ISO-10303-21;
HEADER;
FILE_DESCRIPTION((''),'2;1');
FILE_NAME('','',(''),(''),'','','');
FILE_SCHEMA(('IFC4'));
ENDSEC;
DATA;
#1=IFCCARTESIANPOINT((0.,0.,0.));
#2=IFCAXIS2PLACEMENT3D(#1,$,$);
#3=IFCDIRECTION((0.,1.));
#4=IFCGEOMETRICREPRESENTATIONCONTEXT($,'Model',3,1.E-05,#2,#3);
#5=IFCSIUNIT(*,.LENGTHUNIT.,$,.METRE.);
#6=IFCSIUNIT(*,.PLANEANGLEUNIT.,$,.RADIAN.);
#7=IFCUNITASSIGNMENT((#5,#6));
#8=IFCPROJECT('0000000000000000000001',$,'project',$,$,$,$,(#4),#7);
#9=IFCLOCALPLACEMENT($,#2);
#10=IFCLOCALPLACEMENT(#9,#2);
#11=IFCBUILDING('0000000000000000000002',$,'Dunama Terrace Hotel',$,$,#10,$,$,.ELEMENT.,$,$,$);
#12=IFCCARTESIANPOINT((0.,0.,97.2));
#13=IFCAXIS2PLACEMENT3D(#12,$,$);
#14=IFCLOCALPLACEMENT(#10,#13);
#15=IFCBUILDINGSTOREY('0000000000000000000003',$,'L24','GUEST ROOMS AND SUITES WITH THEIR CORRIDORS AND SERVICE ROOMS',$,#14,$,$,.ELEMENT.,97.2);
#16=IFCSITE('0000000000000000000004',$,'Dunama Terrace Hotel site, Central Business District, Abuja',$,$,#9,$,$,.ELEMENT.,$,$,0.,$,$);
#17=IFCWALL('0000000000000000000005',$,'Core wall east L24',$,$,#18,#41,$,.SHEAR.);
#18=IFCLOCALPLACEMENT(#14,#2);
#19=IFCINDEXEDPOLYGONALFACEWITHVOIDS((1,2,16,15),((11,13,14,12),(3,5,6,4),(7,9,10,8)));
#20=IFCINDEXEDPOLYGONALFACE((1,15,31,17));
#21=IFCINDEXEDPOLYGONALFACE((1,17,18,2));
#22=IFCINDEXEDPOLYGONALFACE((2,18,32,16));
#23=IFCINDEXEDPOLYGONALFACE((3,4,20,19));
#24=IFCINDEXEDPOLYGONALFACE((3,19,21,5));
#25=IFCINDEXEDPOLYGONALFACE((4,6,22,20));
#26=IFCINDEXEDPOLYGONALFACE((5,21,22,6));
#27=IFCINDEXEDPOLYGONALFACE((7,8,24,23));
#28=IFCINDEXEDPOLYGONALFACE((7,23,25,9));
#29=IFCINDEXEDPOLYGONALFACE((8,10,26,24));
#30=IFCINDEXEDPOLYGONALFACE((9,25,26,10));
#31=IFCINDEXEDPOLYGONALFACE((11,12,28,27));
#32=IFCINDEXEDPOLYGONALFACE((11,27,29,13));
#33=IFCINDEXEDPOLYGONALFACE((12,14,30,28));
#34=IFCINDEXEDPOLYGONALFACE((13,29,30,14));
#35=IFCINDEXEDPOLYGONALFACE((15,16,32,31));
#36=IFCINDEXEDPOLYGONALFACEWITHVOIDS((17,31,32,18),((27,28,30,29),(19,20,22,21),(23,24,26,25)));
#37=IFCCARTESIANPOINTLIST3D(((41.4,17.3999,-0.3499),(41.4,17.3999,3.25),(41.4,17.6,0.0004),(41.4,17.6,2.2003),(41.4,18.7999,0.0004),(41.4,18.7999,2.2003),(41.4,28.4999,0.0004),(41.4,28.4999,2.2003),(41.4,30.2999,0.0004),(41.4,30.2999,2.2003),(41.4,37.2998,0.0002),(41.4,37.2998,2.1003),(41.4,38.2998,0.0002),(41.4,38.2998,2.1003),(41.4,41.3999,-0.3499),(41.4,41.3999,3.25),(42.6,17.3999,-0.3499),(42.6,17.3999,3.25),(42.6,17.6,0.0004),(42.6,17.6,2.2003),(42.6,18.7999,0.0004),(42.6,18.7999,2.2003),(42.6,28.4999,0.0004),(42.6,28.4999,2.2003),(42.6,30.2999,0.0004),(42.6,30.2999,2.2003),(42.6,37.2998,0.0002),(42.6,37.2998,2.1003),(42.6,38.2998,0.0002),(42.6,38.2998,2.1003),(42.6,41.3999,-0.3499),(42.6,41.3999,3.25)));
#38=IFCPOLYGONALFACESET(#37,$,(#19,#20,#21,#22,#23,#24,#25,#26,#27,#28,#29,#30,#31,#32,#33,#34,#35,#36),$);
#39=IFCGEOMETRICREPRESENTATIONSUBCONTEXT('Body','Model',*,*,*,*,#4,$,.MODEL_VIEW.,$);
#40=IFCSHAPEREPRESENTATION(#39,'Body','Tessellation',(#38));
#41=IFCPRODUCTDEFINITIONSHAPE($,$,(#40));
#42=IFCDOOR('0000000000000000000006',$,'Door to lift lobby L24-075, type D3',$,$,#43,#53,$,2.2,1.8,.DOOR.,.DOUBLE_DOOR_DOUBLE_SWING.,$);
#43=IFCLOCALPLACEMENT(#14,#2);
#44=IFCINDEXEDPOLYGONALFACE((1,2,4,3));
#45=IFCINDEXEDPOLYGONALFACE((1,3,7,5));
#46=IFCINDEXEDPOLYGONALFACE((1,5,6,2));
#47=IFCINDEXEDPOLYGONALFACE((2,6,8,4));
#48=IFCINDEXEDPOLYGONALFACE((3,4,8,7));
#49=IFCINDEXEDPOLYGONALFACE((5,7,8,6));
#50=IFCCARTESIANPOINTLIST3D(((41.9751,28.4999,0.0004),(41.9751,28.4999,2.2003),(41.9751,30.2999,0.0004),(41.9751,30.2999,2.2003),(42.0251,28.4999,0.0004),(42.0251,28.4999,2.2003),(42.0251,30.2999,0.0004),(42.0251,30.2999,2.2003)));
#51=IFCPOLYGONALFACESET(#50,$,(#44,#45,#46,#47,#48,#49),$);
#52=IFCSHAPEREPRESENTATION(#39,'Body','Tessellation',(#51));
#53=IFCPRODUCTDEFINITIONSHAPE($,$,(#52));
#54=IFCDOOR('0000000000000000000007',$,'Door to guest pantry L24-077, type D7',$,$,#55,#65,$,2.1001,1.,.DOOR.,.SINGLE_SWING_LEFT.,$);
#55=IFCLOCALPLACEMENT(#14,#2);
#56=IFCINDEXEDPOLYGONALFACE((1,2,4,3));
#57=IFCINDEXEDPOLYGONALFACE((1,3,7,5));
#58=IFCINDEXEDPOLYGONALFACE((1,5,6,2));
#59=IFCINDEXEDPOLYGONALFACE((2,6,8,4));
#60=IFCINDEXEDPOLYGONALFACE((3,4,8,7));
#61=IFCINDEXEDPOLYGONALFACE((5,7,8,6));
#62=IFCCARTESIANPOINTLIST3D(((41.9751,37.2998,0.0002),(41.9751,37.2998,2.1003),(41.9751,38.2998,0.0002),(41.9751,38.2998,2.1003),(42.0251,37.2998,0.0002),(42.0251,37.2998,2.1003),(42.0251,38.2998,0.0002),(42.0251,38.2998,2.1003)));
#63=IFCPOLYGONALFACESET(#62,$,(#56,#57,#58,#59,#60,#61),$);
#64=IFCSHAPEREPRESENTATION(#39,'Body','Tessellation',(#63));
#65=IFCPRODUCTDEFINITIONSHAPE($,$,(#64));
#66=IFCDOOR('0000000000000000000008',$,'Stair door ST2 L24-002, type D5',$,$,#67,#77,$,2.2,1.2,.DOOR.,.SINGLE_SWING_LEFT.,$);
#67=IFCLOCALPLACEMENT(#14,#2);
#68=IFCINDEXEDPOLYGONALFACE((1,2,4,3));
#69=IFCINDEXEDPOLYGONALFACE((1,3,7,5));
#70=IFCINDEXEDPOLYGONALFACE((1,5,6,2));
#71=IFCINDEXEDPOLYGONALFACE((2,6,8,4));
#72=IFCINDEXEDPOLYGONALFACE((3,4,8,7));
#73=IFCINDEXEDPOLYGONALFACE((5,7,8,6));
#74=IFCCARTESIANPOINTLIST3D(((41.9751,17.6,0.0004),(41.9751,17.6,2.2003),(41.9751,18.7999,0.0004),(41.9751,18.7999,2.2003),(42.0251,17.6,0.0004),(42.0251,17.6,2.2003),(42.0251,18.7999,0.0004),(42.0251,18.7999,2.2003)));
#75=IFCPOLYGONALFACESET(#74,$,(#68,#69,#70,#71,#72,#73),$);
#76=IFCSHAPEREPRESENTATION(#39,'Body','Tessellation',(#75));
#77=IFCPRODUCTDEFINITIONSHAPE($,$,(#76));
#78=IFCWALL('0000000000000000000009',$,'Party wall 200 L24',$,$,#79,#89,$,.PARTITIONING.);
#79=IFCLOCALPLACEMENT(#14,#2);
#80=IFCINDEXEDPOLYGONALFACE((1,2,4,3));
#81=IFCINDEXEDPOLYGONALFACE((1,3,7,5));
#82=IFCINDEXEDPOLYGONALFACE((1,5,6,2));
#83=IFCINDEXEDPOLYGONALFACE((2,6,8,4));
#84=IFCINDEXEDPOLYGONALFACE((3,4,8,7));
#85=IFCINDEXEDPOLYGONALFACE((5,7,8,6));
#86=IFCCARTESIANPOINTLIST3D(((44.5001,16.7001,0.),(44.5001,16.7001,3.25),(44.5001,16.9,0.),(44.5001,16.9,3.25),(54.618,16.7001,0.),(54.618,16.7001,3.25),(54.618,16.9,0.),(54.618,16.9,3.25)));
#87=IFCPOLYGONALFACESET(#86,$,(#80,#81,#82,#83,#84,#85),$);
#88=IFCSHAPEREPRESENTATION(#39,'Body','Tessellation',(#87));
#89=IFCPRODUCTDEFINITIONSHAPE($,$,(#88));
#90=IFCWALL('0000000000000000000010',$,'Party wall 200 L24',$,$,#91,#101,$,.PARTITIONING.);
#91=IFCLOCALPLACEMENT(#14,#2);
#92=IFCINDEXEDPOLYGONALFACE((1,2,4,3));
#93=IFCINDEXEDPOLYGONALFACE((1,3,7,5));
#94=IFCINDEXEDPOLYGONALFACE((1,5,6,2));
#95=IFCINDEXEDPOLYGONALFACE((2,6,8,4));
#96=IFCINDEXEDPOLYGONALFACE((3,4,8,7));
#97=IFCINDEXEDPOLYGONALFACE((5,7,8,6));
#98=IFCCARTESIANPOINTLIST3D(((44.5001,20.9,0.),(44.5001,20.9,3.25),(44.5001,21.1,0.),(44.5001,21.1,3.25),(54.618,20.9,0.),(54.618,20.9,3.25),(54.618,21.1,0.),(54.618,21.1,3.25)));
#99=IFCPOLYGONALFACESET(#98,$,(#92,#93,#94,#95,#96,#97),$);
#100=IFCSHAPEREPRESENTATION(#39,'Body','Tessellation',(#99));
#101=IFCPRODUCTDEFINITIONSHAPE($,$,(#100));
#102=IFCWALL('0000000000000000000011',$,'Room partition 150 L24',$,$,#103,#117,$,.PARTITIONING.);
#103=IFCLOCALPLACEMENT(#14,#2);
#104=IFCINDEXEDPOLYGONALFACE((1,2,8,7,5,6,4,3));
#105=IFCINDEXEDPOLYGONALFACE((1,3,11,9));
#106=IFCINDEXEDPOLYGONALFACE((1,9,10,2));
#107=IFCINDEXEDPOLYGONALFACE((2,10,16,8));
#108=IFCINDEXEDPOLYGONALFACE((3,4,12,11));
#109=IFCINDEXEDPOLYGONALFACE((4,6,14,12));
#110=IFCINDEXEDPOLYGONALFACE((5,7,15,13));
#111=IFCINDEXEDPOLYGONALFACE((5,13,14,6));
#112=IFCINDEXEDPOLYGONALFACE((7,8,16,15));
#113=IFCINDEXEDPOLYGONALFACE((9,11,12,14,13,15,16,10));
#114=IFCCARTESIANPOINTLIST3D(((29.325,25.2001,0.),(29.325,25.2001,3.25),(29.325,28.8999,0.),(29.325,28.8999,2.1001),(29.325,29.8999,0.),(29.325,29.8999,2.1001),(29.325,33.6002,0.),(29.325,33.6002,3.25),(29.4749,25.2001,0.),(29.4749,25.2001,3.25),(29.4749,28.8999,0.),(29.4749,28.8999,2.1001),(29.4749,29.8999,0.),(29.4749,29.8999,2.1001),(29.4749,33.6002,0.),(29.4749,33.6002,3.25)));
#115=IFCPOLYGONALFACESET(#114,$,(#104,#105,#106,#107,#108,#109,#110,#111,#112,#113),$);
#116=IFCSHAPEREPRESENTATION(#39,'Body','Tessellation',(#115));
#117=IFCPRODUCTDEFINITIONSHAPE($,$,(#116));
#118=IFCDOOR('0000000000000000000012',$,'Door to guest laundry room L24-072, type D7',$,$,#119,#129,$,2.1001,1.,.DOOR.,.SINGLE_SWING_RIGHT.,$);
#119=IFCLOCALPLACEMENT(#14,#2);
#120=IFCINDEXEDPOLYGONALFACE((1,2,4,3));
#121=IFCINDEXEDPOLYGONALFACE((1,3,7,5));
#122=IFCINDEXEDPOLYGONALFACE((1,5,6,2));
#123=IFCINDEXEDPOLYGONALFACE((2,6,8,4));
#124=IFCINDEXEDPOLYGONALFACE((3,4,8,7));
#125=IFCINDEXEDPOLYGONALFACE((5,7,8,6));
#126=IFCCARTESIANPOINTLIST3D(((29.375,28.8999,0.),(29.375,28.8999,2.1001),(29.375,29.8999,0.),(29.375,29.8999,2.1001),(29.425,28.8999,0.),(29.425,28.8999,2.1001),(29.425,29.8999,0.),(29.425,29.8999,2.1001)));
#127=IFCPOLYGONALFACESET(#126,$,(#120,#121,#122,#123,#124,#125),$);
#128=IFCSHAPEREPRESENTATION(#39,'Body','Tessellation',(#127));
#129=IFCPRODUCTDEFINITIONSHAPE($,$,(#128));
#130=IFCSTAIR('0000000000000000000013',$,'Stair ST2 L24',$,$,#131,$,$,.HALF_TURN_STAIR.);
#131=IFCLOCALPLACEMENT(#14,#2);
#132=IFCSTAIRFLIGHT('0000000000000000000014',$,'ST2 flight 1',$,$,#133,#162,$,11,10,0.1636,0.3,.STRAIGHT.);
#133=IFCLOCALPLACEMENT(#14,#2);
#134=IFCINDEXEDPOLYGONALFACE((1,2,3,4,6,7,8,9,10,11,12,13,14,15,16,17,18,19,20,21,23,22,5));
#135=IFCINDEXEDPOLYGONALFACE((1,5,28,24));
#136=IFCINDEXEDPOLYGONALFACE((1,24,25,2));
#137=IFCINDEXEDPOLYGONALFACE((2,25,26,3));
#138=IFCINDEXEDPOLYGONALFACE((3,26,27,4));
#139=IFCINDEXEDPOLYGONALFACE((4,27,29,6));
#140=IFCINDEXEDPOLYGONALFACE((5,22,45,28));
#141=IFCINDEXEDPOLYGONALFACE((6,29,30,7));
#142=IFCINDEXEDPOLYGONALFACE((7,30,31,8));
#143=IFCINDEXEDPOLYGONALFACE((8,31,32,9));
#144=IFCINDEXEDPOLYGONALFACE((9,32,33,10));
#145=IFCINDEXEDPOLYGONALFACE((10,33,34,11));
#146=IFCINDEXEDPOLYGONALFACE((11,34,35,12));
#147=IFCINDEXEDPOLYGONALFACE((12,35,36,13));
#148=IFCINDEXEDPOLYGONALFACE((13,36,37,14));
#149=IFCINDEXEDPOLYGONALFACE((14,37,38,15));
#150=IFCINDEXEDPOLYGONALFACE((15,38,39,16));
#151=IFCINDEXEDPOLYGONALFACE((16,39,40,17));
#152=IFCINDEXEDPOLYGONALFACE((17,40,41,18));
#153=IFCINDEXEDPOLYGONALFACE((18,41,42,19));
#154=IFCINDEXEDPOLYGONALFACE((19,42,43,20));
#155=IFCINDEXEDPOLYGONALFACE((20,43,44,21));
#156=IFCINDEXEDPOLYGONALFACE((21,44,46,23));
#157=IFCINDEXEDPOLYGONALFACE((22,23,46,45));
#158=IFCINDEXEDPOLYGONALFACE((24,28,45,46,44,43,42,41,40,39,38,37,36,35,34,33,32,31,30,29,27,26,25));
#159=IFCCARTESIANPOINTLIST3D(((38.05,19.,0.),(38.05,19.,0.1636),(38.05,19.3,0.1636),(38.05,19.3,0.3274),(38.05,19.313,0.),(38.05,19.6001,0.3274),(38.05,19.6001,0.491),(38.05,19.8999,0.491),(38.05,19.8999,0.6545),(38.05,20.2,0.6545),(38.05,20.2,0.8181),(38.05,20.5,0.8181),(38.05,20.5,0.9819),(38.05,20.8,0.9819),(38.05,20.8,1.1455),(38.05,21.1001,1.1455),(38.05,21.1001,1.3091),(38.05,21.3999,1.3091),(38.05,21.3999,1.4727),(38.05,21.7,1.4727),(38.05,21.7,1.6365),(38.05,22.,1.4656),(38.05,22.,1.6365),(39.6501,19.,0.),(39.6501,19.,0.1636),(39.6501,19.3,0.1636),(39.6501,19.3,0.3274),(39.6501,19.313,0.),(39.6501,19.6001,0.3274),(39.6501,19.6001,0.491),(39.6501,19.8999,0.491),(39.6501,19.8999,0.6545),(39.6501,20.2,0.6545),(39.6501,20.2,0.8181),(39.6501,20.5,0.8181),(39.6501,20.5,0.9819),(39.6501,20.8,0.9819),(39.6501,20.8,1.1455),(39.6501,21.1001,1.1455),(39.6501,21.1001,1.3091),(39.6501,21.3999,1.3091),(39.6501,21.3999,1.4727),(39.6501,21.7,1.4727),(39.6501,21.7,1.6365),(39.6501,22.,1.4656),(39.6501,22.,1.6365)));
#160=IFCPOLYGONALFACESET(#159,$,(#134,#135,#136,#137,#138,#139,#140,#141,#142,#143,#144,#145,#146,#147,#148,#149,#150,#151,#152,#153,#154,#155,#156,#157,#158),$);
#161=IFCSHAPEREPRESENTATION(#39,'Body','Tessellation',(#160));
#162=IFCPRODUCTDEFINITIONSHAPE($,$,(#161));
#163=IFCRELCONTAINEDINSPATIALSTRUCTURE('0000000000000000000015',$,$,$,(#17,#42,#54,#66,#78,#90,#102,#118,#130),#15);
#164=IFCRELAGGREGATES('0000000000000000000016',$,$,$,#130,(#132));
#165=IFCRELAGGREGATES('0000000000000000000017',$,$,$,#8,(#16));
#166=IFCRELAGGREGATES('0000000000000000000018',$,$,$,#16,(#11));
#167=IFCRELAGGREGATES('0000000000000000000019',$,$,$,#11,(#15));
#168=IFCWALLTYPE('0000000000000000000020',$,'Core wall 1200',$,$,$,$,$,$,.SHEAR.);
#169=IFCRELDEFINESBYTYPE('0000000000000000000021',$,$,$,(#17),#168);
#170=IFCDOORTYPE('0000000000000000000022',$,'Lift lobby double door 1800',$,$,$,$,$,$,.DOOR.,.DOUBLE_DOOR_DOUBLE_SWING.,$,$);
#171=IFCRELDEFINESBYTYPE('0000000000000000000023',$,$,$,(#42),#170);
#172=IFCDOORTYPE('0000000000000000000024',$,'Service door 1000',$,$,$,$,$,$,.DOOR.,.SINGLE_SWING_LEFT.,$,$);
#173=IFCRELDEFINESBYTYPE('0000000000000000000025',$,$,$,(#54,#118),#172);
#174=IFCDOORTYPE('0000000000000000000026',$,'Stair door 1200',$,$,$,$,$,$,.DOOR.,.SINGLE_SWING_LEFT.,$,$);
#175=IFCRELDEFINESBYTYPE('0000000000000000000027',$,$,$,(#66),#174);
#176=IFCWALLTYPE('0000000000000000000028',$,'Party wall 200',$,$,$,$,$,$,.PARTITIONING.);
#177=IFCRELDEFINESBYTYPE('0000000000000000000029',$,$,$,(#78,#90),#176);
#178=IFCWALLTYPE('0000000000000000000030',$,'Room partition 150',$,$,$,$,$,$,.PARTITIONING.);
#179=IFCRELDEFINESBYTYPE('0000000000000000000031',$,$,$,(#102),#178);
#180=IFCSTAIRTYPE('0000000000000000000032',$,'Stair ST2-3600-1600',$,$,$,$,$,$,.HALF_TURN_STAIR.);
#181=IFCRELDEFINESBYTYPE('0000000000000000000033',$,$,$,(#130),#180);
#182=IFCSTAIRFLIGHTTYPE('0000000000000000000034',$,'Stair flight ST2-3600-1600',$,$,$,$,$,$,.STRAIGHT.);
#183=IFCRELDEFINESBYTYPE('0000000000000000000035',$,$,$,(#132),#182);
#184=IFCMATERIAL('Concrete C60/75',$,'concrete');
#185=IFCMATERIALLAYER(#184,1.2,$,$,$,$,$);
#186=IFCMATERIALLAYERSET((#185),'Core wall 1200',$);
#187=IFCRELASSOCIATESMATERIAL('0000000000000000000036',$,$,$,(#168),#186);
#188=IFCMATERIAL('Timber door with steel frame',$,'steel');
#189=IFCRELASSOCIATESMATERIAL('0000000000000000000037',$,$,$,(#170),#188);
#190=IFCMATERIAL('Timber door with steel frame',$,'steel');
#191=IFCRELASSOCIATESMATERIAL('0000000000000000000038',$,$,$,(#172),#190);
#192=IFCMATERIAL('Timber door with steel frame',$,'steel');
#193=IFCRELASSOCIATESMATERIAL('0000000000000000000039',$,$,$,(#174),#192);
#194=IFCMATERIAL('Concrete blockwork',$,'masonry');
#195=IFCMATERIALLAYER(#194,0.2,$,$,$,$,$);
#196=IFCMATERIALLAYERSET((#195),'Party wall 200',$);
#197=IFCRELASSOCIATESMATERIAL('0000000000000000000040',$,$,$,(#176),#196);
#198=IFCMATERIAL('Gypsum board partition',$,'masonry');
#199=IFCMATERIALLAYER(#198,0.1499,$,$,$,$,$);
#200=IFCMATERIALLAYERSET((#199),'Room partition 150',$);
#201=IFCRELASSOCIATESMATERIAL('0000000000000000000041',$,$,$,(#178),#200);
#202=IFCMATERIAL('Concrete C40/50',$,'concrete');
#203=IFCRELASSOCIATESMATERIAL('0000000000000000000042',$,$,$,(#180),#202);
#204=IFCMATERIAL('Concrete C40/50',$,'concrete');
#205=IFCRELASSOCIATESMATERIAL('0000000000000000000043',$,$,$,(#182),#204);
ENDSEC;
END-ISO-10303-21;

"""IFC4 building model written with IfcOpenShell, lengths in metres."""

from ifc_helpers import new_model, si_unit, direction, frame, frame_2d, origin, place, context, subcontext, project, spatial, polyline, rectangle, outline, extrude, material, layer, layer_set, type_object, element, fill, aggregate, save


model = new_model("IFC4")

# Units and contexts
model_context = context("Model", 3, precision=1e-05, world=origin(), true_north=direction((0.0, 1.0)))
body_context = subcontext(model_context, "Body", "Model", "MODEL_VIEW")
ifc_project = project(units=[si_unit("LENGTHUNIT", "METRE"), si_unit("PLANEANGLEUNIT", "RADIAN")], contexts=[model_context])

# Site, building, storey
site_placement = place(None, origin())
site = spatial("IfcSite", under=ifc_project, at=site_placement, Name="Dunama Terrace Hotel site, Central Business District, Abuja", CompositionType="ELEMENT", RefElevation=0.0)
building_placement = place(site_placement, origin())
building = spatial("IfcBuilding", under=site, at=building_placement, Name="Dunama Terrace Hotel", CompositionType="ELEMENT")
storey_placement = place(building_placement, frame((0.0, 0.0, 97.2)))
storey = spatial("IfcBuildingStorey", under=building, at=storey_placement, Name="L24", Description="GUEST ROOMS AND SUITES WITH THEIR CORRIDORS AND SERVICE ROOMS", CompositionType="ELEMENT", Elevation=97.2)

# Wall, openings, doors
ifc_material_1 = material(Name="Concrete C60/75", Category="concrete")
ifc_layer_1 = layer(ifc_material_1, 1.2)
ifc_layer_set_1 = layer_set([ifc_layer_1], Name="Core wall 1200")
wall_type_1 = type_object("IfcWallType", Name="Core wall 1200", PredefinedType="SHEAR", material=ifc_layer_set_1)
wall_1_placement = place(storey_placement, frame((42.0, 17.3999, -0.3499), z_axis=(0.0, 0.0, 1.0), x_axis=(0.0, 1.0, 0.0)))
wall_1 = element("IfcWall", 1, at=wall_1_placement, inside=storey, type_object=wall_type_1, Name="Core wall east L24", PredefinedType="SHEAR", context=body_context, shape_type="SweptSolid", body=[
    extrude(rectangle(XDim=24.0, YDim=1.2, at=frame_2d((12.0, 0.0))), origin(), (0.0, 0.0, 1.0), 3.5999),
])
opening_1_placement = place(wall_1_placement, frame((0.2, 0.0, 0.3501)))
opening_1 = element("IfcOpeningElement", 2, at=opening_1_placement, cuts=wall_1, PredefinedType="OPENING", context=body_context, shape_type="SweptSolid", body=[
    extrude(rectangle(XDim=1.2, YDim=2.2, at=frame_2d((0.6001, 1.1001))), frame((0.0, 0.6099, 0.0), z_axis=(0.0, -1.0, 0.0), x_axis=(1.0, 0.0, 0.0)), (0.0, 0.0, 1.0), 1.22),
])
opening_2_placement = place(wall_1_placement, frame((11.1001, 0.0, 0.3501)))
opening_2 = element("IfcOpeningElement", 3, at=opening_2_placement, cuts=wall_1, PredefinedType="OPENING", context=body_context, shape_type="SweptSolid", body=[
    extrude(rectangle(XDim=1.8, YDim=2.2, at=frame_2d((0.8999, 1.1001))), frame((0.0, 0.6099, 0.0), z_axis=(0.0, -1.0, 0.0), x_axis=(1.0, 0.0, 0.0)), (0.0, 0.0, 1.0), 1.22),
])
opening_3_placement = place(wall_1_placement, frame((19.8999, 0.0, 0.3501)))
opening_3 = element("IfcOpeningElement", 4, at=opening_3_placement, cuts=wall_1, PredefinedType="OPENING", context=body_context, shape_type="SweptSolid", body=[
    extrude(rectangle(XDim=1.0, YDim=2.1001, at=frame_2d((0.5, 1.05))), frame((0.0, 0.6099, 0.0), z_axis=(0.0, -1.0, 0.0), x_axis=(1.0, 0.0, 0.0)), (0.0, 0.0, 1.0), 1.22),
])
ifc_material_2 = material(Name="Timber door with steel frame", Category="steel")
door_type_1 = type_object("IfcDoorType", Name="Lift lobby double door 1800", OperationType="DOUBLE_DOOR_DOUBLE_SWING", PredefinedType="DOOR", material=ifc_material_2)
door_1_placement = place(opening_2_placement, origin())
door_1 = element("IfcDoor", 5, at=door_1_placement, inside=storey, type_object=door_type_1, Name="Door to lift lobby L24-075, type D3", OperationType="DOUBLE_DOOR_DOUBLE_SWING", OverallHeight=2.2, OverallWidth=1.8, PredefinedType="DOOR", context=body_context, shape_type="SweptSolid", body=[
    extrude(rectangle(XDim=1.8, YDim=2.2, at=frame_2d((0.8999, 1.1001))), frame((0.0, 0.0249, 0.0), z_axis=(0.0, -1.0, 0.0), x_axis=(1.0, 0.0, 0.0)), (0.0, 0.0, 1.0), 0.05),
])
fill(opening_2, door_1)
ifc_material_3 = material(Name="Timber door with steel frame", Category="steel")
door_type_2 = type_object("IfcDoorType", Name="Service door 1000", OperationType="SINGLE_SWING_LEFT", PredefinedType="DOOR", material=ifc_material_3)
door_2_placement = place(opening_3_placement, origin())
door_2 = element("IfcDoor", 6, at=door_2_placement, inside=storey, type_object=door_type_2, Name="Door to guest pantry L24-077, type D7", OperationType="SINGLE_SWING_LEFT", OverallHeight=2.1001, OverallWidth=1.0, PredefinedType="DOOR", context=body_context, shape_type="SweptSolid", body=[
    extrude(rectangle(XDim=1.0, YDim=2.1001, at=frame_2d((0.5, 1.05))), frame((0.0, 0.0249, 0.0), z_axis=(0.0, -1.0, 0.0), x_axis=(1.0, 0.0, 0.0)), (0.0, 0.0, 1.0), 0.05),
])
fill(opening_3, door_2)
ifc_material_4 = material(Name="Timber door with steel frame", Category="steel")
door_type_3 = type_object("IfcDoorType", Name="Stair door 1200", OperationType="SINGLE_SWING_LEFT", PredefinedType="DOOR", material=ifc_material_4)
door_3_placement = place(opening_1_placement, origin())
door_3 = element("IfcDoor", 7, at=door_3_placement, inside=storey, type_object=door_type_3, Name="Stair door ST2 L24-002, type D5", OperationType="SINGLE_SWING_LEFT", OverallHeight=2.2, OverallWidth=1.2, PredefinedType="DOOR", context=body_context, shape_type="SweptSolid", body=[
    extrude(rectangle(XDim=1.2, YDim=2.2, at=frame_2d((0.6001, 1.1001))), frame((0.0, 0.0249, 0.0), z_axis=(0.0, -1.0, 0.0), x_axis=(1.0, 0.0, 0.0)), (0.0, 0.0, 1.0), 0.05),
])
fill(opening_1, door_3)

# Walls
ifc_material_5 = material(Name="Concrete blockwork", Category="masonry")
ifc_layer_2 = layer(ifc_material_5, 0.2)
ifc_layer_set_2 = layer_set([ifc_layer_2], Name="Party wall 200")
wall_type_2 = type_object("IfcWallType", Name="Party wall 200", PredefinedType="PARTITIONING", material=ifc_layer_set_2)
for number, where, z_axis, x_axis, name in (
    (8, (44.5, 16.8, 0.0), (0.0, 0.0, 1.0), (1.0, 0.0, 0.0), "Party wall 200 L24"),
    (9, (44.5, 21.0, 0.0), (0.0, 0.0, 1.0), (1.0, 0.0, 0.0), "Party wall 200 L24"),
):
    element("IfcWall", number, at=place(storey_placement, frame(where, z_axis=z_axis, x_axis=x_axis)), inside=storey, type_object=wall_type_2, Name=name, PredefinedType="PARTITIONING", context=body_context, shape_type="SweptSolid", body=[
        extrude(rectangle(XDim=10.1179, YDim=0.2, at=frame_2d((5.0591, 0.0))), origin(), (0.0, 0.0, 1.0), 3.25),
    ])

# Wall, opening, door
ifc_material_6 = material(Name="Gypsum board partition", Category="masonry")
ifc_layer_3 = layer(ifc_material_6, 0.1499)
ifc_layer_set_3 = layer_set([ifc_layer_3], Name="Room partition 150")
wall_type_3 = type_object("IfcWallType", Name="Room partition 150", PredefinedType="PARTITIONING", material=ifc_layer_set_3)
wall_2_placement = place(storey_placement, frame((29.3999, 25.2, 0.0), z_axis=(0.0, 0.0, 1.0), x_axis=(0.0, 1.0, 0.0)))
wall_2 = element("IfcWall", 10, at=wall_2_placement, inside=storey, type_object=wall_type_3, Name="Room partition 150 L24", PredefinedType="PARTITIONING", context=body_context, shape_type="SweptSolid", body=[
    extrude(rectangle(XDim=8.4001, YDim=0.1499, at=frame_2d((4.2002, 0.0))), origin(), (0.0, 0.0, 1.0), 3.25),
])
opening_4_placement = place(wall_2_placement, frame((3.7, 0.0, 0.0)))
opening_4 = element("IfcOpeningElement", 11, at=opening_4_placement, cuts=wall_2, PredefinedType="OPENING", context=body_context, shape_type="SweptSolid", body=[
    extrude(rectangle(XDim=1.0, YDim=2.1001, at=frame_2d((0.5, 1.05))), frame((0.0, 0.085, 0.0), z_axis=(0.0, -1.0, 0.0), x_axis=(1.0, 0.0, 0.0)), (0.0, 0.0, 1.0), 0.1699),
])
door_4_placement = place(opening_4_placement, frame((1.0, 0.0, 0.0), z_axis=(0.0, 0.0, 1.0), x_axis=(-1.0, 0.0, 0.0)))
door_4 = element("IfcDoor", 12, at=door_4_placement, inside=storey, type_object=door_type_2, Name="Door to guest laundry room L24-072, type D7", OperationType="SINGLE_SWING_RIGHT", OverallHeight=2.1001, OverallWidth=1.0, PredefinedType="DOOR", context=body_context, shape_type="SweptSolid", body=[
    extrude(rectangle(XDim=1.0, YDim=2.1001, at=frame_2d((0.5, 1.05))), frame((0.0, 0.0251, 0.0), z_axis=(0.0, -1.0, 0.0), x_axis=(1.0, 0.0, 0.0)), (0.0, 0.0, 1.0), 0.05),
])
fill(opening_4, door_4)

# Stair, stair flight
ifc_material_7 = material(Name="Concrete C40/50", Category="concrete")
stair_type = type_object("IfcStairType", Name="Stair ST2-3600-1600", PredefinedType="HALF_TURN_STAIR", material=ifc_material_7)
stair_placement = place(storey_placement, origin())
stair = element("IfcStair", 13, at=stair_placement, inside=storey, type_object=stair_type, Name="Stair ST2 L24", PredefinedType="HALF_TURN_STAIR")
ifc_material_8 = material(Name="Concrete C40/50", Category="concrete")
stair_flight_type = type_object("IfcStairFlightType", Name="Stair flight ST2-3600-1600", PredefinedType="STRAIGHT", material=ifc_material_8)
stair_flight_1_placement = place(storey_placement, frame((38.8501, 19.0, 0.0), z_axis=(0.0, 0.0, 1.0), x_axis=(0.0, 1.0, 0.0)))
stair_flight_1 = element("IfcStairFlight", 14, at=stair_flight_1_placement, type_object=stair_flight_type, Name="ST2 flight 1", NumberOfRisers=11, NumberOfTreads=10, PredefinedType="STRAIGHT", RiserHeight=0.1636, TreadLength=0.3, context=body_context, shape_type="SweptSolid", body=[
    extrude(outline(polyline([(0.0, 0.0), (0.0, 0.1636), (0.3, 0.1636), (0.3, 0.3274), (0.6001, 0.3274), (0.6001, 0.491), (0.8999, 0.491), (0.8999, 0.6545), (1.2, 0.6545), (1.2, 0.8181), (1.5, 0.8181), (1.5, 0.9819), (1.8, 0.9819), (1.8, 1.1455), (2.1001, 1.1455), (2.1001, 1.3091), (2.3999, 1.3091), (2.3999, 1.4727), (2.7, 1.4727), (2.7, 1.6365), (3.0, 1.6365), (3.0, 1.8), (3.0, 1.4656), (0.313, 0.0), (0.0, 0.0)])), frame((0.0, 0.8, 0.0), z_axis=(0.0, -1.0, 0.0), x_axis=(1.0, 0.0, 0.0)), (0.0, 0.0, 1.0), 1.6001),
])
aggregate(stair, [stair_flight_1])

save(model, "model.ifc")
